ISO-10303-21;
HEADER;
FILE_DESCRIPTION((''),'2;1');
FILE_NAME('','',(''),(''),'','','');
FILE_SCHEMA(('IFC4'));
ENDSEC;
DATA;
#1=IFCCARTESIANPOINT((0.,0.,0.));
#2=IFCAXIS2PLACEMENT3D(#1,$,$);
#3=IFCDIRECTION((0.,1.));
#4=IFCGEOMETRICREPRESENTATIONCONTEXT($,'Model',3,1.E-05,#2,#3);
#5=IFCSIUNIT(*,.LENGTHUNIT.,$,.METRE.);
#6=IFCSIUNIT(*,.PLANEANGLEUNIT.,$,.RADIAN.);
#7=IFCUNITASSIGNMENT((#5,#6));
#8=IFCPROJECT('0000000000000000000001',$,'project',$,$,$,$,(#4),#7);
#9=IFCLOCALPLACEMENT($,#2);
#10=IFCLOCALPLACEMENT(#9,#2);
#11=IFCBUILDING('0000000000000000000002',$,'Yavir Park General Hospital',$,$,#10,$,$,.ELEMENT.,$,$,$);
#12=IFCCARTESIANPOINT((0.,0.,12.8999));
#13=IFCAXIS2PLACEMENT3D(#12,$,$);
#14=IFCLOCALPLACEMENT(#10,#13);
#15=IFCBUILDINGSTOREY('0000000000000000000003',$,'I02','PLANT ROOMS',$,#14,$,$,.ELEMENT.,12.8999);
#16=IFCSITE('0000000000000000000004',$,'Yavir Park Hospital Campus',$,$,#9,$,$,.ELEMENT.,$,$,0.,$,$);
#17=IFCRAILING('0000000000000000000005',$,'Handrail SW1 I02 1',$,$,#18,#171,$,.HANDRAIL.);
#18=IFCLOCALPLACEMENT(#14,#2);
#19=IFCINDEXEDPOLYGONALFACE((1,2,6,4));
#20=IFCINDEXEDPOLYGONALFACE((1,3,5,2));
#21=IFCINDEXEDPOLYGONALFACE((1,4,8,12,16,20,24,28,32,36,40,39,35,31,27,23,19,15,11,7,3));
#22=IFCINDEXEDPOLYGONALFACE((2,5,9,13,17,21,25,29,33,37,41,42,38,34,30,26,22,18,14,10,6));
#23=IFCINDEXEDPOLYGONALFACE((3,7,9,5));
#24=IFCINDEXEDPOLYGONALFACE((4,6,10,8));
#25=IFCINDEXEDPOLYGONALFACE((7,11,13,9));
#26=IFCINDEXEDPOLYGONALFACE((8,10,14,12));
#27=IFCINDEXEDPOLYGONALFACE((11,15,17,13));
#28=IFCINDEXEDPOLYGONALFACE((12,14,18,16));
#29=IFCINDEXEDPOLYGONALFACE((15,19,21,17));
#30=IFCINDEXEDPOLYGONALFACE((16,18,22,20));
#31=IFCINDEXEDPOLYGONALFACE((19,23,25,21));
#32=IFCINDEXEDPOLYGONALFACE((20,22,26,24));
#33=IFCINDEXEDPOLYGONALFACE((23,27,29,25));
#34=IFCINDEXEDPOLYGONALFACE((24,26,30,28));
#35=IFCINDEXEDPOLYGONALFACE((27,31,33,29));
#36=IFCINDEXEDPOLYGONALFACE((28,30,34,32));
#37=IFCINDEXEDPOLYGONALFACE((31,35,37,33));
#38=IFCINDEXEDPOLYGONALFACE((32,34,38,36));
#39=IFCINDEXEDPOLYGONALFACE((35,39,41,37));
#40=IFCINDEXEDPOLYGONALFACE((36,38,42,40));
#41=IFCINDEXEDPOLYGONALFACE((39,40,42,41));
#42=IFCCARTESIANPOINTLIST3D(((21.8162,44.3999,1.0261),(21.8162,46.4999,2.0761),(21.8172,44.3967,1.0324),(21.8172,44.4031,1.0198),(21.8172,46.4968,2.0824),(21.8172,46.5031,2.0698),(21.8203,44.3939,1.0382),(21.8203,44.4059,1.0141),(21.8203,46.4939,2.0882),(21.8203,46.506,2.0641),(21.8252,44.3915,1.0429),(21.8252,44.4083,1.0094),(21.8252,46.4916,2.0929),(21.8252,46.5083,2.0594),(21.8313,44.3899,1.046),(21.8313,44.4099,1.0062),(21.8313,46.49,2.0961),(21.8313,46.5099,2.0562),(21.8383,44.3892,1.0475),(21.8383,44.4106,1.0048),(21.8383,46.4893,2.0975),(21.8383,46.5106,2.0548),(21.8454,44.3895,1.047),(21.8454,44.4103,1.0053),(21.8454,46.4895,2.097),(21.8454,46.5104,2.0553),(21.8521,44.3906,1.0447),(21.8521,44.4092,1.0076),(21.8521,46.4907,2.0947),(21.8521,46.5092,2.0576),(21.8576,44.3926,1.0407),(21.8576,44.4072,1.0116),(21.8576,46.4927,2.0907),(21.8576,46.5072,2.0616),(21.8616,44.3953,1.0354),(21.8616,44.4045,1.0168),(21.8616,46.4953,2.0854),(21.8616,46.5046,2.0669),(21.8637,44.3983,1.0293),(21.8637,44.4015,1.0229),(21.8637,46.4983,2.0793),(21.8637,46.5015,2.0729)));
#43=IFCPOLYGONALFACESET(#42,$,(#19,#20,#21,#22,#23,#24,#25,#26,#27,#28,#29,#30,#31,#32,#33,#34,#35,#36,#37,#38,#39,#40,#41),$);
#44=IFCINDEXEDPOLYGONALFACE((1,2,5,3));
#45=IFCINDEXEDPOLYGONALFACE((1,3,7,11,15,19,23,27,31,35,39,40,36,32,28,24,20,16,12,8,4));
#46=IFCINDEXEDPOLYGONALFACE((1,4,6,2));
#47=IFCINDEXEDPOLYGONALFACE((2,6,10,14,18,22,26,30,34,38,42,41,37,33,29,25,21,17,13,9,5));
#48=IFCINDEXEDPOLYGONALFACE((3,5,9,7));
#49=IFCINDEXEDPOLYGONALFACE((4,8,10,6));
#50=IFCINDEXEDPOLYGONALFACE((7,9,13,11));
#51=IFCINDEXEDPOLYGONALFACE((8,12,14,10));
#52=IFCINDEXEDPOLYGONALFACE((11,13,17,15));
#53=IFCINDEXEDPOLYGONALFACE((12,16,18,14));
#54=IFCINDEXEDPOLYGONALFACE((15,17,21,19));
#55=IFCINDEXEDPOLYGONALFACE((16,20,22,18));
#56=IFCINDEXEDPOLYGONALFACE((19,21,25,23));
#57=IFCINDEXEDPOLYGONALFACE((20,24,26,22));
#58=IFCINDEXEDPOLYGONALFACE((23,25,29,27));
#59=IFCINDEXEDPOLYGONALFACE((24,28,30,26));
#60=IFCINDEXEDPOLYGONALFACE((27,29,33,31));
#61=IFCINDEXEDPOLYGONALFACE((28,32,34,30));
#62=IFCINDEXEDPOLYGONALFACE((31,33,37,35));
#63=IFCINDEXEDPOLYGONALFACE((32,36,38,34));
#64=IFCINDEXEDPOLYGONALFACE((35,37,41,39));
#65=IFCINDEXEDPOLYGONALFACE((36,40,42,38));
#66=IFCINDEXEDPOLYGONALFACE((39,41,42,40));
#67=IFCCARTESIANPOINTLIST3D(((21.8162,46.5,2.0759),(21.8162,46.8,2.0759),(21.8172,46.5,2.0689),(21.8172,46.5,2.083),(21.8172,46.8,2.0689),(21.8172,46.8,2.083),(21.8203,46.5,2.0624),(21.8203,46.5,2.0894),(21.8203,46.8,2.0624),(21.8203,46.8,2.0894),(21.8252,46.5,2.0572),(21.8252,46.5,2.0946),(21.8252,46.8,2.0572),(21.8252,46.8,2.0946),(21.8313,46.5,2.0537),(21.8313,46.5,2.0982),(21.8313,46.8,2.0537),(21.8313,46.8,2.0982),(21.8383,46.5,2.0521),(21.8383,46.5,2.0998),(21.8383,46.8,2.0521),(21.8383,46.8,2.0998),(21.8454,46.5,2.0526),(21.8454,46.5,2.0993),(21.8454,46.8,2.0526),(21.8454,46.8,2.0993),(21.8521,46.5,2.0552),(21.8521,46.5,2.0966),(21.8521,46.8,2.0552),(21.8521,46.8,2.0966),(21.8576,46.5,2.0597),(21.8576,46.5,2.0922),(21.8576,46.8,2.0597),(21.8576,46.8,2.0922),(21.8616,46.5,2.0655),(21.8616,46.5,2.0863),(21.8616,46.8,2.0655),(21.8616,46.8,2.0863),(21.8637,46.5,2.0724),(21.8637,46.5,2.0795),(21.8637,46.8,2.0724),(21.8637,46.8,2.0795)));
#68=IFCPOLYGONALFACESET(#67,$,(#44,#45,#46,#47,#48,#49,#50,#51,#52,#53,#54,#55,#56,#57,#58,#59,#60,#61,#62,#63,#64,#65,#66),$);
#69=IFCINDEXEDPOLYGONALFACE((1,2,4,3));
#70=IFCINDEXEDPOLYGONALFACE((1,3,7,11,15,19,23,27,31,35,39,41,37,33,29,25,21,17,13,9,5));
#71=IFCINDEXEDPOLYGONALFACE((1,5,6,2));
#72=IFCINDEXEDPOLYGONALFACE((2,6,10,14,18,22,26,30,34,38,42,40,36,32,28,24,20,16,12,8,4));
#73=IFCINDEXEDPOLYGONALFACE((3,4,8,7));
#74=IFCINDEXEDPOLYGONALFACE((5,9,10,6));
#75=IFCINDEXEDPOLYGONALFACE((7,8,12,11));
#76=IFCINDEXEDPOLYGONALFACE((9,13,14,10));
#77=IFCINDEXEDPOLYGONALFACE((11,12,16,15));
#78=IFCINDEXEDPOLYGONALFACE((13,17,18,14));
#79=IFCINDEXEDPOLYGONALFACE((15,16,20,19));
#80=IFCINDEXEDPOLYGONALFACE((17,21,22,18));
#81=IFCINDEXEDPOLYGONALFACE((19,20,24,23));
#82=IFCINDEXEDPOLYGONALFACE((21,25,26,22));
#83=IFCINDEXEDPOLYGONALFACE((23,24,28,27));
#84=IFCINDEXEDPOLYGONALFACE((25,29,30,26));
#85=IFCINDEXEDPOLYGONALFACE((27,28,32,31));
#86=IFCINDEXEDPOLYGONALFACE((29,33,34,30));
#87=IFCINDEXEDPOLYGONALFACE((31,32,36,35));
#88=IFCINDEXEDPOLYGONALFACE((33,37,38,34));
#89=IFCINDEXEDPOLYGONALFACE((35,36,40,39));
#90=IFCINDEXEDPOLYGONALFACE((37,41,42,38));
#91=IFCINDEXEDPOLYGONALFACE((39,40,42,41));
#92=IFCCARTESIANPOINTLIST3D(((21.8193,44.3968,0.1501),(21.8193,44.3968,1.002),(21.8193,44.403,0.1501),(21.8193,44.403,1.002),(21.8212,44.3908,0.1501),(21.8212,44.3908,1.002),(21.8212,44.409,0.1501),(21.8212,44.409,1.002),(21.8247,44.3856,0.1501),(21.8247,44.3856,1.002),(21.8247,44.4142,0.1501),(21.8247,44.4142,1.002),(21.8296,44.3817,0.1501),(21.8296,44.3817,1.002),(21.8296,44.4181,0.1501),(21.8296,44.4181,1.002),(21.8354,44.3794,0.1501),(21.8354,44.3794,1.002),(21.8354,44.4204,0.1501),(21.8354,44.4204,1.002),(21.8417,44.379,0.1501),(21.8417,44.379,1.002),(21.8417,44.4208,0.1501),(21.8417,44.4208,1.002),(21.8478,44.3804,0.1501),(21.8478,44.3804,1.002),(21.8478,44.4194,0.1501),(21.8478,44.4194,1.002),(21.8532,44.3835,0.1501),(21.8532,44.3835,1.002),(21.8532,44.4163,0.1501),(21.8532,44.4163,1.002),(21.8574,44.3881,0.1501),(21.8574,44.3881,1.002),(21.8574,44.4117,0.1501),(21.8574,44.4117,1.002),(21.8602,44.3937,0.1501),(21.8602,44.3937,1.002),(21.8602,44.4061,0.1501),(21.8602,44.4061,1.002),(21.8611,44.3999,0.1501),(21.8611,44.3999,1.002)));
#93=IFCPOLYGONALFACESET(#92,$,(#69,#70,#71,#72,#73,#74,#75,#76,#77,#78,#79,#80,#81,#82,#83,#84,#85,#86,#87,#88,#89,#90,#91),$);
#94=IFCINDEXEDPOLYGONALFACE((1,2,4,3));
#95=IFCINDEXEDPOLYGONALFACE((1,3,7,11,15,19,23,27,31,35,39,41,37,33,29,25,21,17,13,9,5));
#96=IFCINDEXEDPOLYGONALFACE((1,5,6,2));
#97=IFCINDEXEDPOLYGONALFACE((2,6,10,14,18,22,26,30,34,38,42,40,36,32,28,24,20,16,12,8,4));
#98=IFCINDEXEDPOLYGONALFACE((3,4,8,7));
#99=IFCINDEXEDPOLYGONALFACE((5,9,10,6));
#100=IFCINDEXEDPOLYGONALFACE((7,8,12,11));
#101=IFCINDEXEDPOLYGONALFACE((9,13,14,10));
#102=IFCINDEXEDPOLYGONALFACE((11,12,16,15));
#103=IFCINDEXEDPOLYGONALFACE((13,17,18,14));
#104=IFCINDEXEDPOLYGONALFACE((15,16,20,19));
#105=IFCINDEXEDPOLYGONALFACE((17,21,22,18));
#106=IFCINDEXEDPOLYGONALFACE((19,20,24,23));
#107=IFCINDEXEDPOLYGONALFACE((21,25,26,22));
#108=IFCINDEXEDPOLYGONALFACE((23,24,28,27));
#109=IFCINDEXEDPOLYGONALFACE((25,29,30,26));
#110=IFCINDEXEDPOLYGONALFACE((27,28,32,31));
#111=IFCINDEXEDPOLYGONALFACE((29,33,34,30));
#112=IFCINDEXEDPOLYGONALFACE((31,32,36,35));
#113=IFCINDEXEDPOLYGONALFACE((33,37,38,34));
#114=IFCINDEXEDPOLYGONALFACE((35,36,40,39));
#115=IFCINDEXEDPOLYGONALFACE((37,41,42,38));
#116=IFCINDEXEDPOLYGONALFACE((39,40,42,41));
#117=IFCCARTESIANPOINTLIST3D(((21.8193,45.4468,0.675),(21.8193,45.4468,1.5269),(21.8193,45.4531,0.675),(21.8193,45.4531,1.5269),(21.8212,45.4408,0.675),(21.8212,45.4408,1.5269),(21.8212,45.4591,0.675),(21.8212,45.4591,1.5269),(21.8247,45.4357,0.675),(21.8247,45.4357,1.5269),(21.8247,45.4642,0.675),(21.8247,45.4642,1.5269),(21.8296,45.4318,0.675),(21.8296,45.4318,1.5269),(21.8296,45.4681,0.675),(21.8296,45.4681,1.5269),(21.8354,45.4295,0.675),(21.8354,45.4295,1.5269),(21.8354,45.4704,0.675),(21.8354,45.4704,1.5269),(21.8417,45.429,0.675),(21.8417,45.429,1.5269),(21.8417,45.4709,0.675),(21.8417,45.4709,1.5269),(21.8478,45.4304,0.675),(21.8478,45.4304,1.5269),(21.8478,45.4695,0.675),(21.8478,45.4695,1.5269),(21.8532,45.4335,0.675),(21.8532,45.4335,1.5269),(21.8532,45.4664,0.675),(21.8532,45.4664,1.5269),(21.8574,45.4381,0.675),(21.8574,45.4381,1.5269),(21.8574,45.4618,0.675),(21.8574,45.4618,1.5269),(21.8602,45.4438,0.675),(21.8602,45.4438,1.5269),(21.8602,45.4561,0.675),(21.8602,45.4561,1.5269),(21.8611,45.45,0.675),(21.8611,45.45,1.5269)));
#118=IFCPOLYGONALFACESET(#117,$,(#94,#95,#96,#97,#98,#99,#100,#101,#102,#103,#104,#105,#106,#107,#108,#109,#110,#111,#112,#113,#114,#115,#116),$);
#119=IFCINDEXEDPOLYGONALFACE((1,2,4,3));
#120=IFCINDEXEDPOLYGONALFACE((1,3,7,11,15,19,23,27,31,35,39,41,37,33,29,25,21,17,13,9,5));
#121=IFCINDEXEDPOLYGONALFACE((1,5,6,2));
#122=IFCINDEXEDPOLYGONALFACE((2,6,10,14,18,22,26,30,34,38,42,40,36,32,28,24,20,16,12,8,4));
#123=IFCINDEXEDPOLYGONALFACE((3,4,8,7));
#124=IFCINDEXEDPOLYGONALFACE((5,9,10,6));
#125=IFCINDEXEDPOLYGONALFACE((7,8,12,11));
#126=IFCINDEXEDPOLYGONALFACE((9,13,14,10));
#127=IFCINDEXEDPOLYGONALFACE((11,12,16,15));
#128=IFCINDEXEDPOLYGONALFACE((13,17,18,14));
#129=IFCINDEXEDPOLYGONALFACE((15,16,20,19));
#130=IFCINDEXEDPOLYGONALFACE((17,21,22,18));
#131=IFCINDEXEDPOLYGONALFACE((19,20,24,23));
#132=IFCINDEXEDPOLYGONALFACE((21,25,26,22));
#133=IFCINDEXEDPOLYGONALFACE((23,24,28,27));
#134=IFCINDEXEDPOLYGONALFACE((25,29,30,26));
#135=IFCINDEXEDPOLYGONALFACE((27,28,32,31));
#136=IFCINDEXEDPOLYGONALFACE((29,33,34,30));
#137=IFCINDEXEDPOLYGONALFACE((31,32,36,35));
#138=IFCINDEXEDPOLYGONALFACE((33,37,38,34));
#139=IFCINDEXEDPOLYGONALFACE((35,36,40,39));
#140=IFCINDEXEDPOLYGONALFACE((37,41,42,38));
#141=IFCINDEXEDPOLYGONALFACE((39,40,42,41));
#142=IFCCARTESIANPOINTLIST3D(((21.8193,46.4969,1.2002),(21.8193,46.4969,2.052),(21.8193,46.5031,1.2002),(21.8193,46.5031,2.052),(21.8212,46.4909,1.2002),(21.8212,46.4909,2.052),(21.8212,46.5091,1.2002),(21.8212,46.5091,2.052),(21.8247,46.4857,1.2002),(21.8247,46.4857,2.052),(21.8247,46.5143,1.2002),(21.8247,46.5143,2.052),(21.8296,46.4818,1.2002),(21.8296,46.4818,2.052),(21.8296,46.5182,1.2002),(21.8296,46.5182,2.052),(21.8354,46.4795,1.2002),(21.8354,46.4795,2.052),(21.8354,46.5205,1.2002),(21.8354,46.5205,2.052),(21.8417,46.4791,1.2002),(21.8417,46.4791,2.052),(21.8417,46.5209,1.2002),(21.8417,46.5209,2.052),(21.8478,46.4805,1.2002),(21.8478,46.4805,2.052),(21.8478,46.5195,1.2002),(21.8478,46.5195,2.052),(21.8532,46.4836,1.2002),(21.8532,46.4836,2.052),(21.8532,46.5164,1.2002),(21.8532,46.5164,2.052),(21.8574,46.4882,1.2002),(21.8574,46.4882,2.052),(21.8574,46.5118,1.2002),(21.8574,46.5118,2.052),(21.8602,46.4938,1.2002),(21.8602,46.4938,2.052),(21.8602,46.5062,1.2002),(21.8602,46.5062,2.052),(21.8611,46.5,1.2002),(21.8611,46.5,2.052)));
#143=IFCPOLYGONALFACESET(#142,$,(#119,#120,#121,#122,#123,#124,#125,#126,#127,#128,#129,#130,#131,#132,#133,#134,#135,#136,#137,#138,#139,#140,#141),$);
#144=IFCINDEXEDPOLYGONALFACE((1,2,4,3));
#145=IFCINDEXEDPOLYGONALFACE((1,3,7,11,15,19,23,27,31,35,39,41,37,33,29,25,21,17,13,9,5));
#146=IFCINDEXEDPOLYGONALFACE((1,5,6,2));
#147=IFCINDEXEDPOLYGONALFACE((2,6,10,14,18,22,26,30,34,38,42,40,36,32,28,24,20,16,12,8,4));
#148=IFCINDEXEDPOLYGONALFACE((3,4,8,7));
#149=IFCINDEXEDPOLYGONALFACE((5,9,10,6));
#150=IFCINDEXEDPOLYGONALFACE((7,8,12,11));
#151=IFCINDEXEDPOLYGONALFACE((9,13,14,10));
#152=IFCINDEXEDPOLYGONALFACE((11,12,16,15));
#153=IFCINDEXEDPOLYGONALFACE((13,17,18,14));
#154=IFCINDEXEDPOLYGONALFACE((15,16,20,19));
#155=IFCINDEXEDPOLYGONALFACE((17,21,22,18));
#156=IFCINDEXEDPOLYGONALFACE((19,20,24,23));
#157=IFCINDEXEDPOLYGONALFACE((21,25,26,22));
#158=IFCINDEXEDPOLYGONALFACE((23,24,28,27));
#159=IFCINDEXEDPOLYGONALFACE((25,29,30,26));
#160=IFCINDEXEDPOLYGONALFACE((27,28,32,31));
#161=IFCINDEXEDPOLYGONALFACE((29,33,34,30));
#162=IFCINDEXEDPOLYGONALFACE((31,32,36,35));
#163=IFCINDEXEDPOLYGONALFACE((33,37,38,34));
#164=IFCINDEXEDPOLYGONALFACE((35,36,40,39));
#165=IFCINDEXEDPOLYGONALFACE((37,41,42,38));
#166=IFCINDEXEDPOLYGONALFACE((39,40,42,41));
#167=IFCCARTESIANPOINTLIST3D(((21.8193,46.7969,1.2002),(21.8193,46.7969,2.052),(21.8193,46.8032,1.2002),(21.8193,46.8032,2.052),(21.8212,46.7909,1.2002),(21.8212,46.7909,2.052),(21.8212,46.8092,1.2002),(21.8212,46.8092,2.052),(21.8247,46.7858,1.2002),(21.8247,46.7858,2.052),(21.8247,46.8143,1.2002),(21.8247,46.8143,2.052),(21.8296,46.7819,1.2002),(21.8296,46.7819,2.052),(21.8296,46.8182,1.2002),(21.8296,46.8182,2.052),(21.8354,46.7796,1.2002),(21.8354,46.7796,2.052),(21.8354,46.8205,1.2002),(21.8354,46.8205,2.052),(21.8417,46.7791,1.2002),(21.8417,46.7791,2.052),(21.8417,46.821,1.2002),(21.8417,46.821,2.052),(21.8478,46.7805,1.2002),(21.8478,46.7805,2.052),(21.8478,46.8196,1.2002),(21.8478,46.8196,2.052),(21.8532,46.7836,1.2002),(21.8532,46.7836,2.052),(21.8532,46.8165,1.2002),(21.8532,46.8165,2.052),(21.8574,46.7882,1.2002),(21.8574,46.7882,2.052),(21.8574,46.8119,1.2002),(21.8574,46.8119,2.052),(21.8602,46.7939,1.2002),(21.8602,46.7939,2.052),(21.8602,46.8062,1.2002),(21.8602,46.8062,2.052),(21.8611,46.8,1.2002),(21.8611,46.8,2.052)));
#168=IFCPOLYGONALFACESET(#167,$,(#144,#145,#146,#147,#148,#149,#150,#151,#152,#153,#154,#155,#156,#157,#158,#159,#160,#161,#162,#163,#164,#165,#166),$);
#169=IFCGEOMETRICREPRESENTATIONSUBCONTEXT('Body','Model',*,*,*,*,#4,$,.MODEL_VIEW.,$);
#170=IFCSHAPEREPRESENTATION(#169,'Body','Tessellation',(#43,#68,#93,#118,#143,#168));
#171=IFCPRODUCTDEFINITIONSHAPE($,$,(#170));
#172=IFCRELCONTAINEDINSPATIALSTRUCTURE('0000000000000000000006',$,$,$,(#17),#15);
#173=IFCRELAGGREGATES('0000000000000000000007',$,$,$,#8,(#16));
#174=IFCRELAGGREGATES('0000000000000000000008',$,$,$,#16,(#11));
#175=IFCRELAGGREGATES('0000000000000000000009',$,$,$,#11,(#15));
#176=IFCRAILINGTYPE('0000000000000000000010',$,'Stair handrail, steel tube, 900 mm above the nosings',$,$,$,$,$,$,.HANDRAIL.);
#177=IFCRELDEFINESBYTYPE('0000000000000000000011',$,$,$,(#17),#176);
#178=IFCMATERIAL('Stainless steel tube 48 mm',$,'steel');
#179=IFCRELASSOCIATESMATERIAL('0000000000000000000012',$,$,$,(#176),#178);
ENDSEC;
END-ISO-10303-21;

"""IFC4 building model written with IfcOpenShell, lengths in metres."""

from ifc_helpers import new_model, si_unit, direction, frame, origin, origin_2d, place, context, subcontext, project, spatial, circle, extrude, material, type_object, element, save


model = new_model("IFC4")

# Units and contexts
model_context = context("Model", 3, precision=1e-05, world=origin(), true_north=direction((0.0, 1.0)))
body_context = subcontext(model_context, "Body", "Model", "MODEL_VIEW")
ifc_project = project(units=[si_unit("LENGTHUNIT", "METRE"), si_unit("PLANEANGLEUNIT", "RADIAN")], contexts=[model_context])

# Site, building, storey
site_placement = place(None, origin())
site = spatial("IfcSite", under=ifc_project, at=site_placement, Name="Yavir Park Hospital Campus", CompositionType="ELEMENT", RefElevation=0.0)
building_placement = place(site_placement, origin())
building = spatial("IfcBuilding", under=site, at=building_placement, Name="Yavir Park General Hospital", CompositionType="ELEMENT")
storey_placement = place(building_placement, frame((0.0, 0.0, 12.8999)))
storey = spatial("IfcBuildingStorey", under=building, at=storey_placement, Name="I02", Description="PLANT ROOMS", CompositionType="ELEMENT", Elevation=12.8999)

# Railing
ifc_material_1 = material(Name="Stainless steel tube 48 mm", Category="steel")
railing_type_1 = type_object("IfcRailingType", Name="Stair handrail, steel tube, 900 mm above the nosings", PredefinedType="HANDRAIL", material=ifc_material_1)
for number, where, name in (
    (1, (21.8401, 44.3999, 0.1501), "Handrail SW1 I02 1"),
):
    element("IfcRailing", number, at=place(storey_placement, frame(where)), inside=storey, type_object=railing_type_1, Name=name, PredefinedType="HANDRAIL", context=body_context, shape_type="SweptSolid", body=[
        extrude(circle(Radius=0.0239, at=origin_2d()), frame((0.0, 0.0, 0.876), z_axis=(0.0, 0.894427, 0.447214), x_axis=(-1.0, 0.0, 0.0)), (0.0, 0.0, 1.0), 2.3479),
        extrude(circle(Radius=0.0239, at=origin_2d()), frame((0.0, 2.1001, 1.9258), z_axis=(0.0, 1.0, 0.0), x_axis=(-1.0, 0.0, 0.0)), (0.0, 0.0, 1.0), 0.3),
        extrude(circle(Radius=0.021, at=origin_2d()), origin(), (0.0, 0.0, 1.0), 0.8518),
        extrude(circle(Radius=0.021, at=origin_2d()), frame((0.0, 1.05, 0.5249)), (0.0, 0.0, 1.0), 0.8518),
        extrude(circle(Radius=0.021, at=origin_2d()), frame((0.0, 2.1001, 1.05)), (0.0, 0.0, 1.0), 0.8518),
        extrude(circle(Radius=0.021, at=origin_2d()), frame((0.0, 2.4001, 1.05)), (0.0, 0.0, 1.0), 0.8518),
    ])

save(model, "model.ifc")
